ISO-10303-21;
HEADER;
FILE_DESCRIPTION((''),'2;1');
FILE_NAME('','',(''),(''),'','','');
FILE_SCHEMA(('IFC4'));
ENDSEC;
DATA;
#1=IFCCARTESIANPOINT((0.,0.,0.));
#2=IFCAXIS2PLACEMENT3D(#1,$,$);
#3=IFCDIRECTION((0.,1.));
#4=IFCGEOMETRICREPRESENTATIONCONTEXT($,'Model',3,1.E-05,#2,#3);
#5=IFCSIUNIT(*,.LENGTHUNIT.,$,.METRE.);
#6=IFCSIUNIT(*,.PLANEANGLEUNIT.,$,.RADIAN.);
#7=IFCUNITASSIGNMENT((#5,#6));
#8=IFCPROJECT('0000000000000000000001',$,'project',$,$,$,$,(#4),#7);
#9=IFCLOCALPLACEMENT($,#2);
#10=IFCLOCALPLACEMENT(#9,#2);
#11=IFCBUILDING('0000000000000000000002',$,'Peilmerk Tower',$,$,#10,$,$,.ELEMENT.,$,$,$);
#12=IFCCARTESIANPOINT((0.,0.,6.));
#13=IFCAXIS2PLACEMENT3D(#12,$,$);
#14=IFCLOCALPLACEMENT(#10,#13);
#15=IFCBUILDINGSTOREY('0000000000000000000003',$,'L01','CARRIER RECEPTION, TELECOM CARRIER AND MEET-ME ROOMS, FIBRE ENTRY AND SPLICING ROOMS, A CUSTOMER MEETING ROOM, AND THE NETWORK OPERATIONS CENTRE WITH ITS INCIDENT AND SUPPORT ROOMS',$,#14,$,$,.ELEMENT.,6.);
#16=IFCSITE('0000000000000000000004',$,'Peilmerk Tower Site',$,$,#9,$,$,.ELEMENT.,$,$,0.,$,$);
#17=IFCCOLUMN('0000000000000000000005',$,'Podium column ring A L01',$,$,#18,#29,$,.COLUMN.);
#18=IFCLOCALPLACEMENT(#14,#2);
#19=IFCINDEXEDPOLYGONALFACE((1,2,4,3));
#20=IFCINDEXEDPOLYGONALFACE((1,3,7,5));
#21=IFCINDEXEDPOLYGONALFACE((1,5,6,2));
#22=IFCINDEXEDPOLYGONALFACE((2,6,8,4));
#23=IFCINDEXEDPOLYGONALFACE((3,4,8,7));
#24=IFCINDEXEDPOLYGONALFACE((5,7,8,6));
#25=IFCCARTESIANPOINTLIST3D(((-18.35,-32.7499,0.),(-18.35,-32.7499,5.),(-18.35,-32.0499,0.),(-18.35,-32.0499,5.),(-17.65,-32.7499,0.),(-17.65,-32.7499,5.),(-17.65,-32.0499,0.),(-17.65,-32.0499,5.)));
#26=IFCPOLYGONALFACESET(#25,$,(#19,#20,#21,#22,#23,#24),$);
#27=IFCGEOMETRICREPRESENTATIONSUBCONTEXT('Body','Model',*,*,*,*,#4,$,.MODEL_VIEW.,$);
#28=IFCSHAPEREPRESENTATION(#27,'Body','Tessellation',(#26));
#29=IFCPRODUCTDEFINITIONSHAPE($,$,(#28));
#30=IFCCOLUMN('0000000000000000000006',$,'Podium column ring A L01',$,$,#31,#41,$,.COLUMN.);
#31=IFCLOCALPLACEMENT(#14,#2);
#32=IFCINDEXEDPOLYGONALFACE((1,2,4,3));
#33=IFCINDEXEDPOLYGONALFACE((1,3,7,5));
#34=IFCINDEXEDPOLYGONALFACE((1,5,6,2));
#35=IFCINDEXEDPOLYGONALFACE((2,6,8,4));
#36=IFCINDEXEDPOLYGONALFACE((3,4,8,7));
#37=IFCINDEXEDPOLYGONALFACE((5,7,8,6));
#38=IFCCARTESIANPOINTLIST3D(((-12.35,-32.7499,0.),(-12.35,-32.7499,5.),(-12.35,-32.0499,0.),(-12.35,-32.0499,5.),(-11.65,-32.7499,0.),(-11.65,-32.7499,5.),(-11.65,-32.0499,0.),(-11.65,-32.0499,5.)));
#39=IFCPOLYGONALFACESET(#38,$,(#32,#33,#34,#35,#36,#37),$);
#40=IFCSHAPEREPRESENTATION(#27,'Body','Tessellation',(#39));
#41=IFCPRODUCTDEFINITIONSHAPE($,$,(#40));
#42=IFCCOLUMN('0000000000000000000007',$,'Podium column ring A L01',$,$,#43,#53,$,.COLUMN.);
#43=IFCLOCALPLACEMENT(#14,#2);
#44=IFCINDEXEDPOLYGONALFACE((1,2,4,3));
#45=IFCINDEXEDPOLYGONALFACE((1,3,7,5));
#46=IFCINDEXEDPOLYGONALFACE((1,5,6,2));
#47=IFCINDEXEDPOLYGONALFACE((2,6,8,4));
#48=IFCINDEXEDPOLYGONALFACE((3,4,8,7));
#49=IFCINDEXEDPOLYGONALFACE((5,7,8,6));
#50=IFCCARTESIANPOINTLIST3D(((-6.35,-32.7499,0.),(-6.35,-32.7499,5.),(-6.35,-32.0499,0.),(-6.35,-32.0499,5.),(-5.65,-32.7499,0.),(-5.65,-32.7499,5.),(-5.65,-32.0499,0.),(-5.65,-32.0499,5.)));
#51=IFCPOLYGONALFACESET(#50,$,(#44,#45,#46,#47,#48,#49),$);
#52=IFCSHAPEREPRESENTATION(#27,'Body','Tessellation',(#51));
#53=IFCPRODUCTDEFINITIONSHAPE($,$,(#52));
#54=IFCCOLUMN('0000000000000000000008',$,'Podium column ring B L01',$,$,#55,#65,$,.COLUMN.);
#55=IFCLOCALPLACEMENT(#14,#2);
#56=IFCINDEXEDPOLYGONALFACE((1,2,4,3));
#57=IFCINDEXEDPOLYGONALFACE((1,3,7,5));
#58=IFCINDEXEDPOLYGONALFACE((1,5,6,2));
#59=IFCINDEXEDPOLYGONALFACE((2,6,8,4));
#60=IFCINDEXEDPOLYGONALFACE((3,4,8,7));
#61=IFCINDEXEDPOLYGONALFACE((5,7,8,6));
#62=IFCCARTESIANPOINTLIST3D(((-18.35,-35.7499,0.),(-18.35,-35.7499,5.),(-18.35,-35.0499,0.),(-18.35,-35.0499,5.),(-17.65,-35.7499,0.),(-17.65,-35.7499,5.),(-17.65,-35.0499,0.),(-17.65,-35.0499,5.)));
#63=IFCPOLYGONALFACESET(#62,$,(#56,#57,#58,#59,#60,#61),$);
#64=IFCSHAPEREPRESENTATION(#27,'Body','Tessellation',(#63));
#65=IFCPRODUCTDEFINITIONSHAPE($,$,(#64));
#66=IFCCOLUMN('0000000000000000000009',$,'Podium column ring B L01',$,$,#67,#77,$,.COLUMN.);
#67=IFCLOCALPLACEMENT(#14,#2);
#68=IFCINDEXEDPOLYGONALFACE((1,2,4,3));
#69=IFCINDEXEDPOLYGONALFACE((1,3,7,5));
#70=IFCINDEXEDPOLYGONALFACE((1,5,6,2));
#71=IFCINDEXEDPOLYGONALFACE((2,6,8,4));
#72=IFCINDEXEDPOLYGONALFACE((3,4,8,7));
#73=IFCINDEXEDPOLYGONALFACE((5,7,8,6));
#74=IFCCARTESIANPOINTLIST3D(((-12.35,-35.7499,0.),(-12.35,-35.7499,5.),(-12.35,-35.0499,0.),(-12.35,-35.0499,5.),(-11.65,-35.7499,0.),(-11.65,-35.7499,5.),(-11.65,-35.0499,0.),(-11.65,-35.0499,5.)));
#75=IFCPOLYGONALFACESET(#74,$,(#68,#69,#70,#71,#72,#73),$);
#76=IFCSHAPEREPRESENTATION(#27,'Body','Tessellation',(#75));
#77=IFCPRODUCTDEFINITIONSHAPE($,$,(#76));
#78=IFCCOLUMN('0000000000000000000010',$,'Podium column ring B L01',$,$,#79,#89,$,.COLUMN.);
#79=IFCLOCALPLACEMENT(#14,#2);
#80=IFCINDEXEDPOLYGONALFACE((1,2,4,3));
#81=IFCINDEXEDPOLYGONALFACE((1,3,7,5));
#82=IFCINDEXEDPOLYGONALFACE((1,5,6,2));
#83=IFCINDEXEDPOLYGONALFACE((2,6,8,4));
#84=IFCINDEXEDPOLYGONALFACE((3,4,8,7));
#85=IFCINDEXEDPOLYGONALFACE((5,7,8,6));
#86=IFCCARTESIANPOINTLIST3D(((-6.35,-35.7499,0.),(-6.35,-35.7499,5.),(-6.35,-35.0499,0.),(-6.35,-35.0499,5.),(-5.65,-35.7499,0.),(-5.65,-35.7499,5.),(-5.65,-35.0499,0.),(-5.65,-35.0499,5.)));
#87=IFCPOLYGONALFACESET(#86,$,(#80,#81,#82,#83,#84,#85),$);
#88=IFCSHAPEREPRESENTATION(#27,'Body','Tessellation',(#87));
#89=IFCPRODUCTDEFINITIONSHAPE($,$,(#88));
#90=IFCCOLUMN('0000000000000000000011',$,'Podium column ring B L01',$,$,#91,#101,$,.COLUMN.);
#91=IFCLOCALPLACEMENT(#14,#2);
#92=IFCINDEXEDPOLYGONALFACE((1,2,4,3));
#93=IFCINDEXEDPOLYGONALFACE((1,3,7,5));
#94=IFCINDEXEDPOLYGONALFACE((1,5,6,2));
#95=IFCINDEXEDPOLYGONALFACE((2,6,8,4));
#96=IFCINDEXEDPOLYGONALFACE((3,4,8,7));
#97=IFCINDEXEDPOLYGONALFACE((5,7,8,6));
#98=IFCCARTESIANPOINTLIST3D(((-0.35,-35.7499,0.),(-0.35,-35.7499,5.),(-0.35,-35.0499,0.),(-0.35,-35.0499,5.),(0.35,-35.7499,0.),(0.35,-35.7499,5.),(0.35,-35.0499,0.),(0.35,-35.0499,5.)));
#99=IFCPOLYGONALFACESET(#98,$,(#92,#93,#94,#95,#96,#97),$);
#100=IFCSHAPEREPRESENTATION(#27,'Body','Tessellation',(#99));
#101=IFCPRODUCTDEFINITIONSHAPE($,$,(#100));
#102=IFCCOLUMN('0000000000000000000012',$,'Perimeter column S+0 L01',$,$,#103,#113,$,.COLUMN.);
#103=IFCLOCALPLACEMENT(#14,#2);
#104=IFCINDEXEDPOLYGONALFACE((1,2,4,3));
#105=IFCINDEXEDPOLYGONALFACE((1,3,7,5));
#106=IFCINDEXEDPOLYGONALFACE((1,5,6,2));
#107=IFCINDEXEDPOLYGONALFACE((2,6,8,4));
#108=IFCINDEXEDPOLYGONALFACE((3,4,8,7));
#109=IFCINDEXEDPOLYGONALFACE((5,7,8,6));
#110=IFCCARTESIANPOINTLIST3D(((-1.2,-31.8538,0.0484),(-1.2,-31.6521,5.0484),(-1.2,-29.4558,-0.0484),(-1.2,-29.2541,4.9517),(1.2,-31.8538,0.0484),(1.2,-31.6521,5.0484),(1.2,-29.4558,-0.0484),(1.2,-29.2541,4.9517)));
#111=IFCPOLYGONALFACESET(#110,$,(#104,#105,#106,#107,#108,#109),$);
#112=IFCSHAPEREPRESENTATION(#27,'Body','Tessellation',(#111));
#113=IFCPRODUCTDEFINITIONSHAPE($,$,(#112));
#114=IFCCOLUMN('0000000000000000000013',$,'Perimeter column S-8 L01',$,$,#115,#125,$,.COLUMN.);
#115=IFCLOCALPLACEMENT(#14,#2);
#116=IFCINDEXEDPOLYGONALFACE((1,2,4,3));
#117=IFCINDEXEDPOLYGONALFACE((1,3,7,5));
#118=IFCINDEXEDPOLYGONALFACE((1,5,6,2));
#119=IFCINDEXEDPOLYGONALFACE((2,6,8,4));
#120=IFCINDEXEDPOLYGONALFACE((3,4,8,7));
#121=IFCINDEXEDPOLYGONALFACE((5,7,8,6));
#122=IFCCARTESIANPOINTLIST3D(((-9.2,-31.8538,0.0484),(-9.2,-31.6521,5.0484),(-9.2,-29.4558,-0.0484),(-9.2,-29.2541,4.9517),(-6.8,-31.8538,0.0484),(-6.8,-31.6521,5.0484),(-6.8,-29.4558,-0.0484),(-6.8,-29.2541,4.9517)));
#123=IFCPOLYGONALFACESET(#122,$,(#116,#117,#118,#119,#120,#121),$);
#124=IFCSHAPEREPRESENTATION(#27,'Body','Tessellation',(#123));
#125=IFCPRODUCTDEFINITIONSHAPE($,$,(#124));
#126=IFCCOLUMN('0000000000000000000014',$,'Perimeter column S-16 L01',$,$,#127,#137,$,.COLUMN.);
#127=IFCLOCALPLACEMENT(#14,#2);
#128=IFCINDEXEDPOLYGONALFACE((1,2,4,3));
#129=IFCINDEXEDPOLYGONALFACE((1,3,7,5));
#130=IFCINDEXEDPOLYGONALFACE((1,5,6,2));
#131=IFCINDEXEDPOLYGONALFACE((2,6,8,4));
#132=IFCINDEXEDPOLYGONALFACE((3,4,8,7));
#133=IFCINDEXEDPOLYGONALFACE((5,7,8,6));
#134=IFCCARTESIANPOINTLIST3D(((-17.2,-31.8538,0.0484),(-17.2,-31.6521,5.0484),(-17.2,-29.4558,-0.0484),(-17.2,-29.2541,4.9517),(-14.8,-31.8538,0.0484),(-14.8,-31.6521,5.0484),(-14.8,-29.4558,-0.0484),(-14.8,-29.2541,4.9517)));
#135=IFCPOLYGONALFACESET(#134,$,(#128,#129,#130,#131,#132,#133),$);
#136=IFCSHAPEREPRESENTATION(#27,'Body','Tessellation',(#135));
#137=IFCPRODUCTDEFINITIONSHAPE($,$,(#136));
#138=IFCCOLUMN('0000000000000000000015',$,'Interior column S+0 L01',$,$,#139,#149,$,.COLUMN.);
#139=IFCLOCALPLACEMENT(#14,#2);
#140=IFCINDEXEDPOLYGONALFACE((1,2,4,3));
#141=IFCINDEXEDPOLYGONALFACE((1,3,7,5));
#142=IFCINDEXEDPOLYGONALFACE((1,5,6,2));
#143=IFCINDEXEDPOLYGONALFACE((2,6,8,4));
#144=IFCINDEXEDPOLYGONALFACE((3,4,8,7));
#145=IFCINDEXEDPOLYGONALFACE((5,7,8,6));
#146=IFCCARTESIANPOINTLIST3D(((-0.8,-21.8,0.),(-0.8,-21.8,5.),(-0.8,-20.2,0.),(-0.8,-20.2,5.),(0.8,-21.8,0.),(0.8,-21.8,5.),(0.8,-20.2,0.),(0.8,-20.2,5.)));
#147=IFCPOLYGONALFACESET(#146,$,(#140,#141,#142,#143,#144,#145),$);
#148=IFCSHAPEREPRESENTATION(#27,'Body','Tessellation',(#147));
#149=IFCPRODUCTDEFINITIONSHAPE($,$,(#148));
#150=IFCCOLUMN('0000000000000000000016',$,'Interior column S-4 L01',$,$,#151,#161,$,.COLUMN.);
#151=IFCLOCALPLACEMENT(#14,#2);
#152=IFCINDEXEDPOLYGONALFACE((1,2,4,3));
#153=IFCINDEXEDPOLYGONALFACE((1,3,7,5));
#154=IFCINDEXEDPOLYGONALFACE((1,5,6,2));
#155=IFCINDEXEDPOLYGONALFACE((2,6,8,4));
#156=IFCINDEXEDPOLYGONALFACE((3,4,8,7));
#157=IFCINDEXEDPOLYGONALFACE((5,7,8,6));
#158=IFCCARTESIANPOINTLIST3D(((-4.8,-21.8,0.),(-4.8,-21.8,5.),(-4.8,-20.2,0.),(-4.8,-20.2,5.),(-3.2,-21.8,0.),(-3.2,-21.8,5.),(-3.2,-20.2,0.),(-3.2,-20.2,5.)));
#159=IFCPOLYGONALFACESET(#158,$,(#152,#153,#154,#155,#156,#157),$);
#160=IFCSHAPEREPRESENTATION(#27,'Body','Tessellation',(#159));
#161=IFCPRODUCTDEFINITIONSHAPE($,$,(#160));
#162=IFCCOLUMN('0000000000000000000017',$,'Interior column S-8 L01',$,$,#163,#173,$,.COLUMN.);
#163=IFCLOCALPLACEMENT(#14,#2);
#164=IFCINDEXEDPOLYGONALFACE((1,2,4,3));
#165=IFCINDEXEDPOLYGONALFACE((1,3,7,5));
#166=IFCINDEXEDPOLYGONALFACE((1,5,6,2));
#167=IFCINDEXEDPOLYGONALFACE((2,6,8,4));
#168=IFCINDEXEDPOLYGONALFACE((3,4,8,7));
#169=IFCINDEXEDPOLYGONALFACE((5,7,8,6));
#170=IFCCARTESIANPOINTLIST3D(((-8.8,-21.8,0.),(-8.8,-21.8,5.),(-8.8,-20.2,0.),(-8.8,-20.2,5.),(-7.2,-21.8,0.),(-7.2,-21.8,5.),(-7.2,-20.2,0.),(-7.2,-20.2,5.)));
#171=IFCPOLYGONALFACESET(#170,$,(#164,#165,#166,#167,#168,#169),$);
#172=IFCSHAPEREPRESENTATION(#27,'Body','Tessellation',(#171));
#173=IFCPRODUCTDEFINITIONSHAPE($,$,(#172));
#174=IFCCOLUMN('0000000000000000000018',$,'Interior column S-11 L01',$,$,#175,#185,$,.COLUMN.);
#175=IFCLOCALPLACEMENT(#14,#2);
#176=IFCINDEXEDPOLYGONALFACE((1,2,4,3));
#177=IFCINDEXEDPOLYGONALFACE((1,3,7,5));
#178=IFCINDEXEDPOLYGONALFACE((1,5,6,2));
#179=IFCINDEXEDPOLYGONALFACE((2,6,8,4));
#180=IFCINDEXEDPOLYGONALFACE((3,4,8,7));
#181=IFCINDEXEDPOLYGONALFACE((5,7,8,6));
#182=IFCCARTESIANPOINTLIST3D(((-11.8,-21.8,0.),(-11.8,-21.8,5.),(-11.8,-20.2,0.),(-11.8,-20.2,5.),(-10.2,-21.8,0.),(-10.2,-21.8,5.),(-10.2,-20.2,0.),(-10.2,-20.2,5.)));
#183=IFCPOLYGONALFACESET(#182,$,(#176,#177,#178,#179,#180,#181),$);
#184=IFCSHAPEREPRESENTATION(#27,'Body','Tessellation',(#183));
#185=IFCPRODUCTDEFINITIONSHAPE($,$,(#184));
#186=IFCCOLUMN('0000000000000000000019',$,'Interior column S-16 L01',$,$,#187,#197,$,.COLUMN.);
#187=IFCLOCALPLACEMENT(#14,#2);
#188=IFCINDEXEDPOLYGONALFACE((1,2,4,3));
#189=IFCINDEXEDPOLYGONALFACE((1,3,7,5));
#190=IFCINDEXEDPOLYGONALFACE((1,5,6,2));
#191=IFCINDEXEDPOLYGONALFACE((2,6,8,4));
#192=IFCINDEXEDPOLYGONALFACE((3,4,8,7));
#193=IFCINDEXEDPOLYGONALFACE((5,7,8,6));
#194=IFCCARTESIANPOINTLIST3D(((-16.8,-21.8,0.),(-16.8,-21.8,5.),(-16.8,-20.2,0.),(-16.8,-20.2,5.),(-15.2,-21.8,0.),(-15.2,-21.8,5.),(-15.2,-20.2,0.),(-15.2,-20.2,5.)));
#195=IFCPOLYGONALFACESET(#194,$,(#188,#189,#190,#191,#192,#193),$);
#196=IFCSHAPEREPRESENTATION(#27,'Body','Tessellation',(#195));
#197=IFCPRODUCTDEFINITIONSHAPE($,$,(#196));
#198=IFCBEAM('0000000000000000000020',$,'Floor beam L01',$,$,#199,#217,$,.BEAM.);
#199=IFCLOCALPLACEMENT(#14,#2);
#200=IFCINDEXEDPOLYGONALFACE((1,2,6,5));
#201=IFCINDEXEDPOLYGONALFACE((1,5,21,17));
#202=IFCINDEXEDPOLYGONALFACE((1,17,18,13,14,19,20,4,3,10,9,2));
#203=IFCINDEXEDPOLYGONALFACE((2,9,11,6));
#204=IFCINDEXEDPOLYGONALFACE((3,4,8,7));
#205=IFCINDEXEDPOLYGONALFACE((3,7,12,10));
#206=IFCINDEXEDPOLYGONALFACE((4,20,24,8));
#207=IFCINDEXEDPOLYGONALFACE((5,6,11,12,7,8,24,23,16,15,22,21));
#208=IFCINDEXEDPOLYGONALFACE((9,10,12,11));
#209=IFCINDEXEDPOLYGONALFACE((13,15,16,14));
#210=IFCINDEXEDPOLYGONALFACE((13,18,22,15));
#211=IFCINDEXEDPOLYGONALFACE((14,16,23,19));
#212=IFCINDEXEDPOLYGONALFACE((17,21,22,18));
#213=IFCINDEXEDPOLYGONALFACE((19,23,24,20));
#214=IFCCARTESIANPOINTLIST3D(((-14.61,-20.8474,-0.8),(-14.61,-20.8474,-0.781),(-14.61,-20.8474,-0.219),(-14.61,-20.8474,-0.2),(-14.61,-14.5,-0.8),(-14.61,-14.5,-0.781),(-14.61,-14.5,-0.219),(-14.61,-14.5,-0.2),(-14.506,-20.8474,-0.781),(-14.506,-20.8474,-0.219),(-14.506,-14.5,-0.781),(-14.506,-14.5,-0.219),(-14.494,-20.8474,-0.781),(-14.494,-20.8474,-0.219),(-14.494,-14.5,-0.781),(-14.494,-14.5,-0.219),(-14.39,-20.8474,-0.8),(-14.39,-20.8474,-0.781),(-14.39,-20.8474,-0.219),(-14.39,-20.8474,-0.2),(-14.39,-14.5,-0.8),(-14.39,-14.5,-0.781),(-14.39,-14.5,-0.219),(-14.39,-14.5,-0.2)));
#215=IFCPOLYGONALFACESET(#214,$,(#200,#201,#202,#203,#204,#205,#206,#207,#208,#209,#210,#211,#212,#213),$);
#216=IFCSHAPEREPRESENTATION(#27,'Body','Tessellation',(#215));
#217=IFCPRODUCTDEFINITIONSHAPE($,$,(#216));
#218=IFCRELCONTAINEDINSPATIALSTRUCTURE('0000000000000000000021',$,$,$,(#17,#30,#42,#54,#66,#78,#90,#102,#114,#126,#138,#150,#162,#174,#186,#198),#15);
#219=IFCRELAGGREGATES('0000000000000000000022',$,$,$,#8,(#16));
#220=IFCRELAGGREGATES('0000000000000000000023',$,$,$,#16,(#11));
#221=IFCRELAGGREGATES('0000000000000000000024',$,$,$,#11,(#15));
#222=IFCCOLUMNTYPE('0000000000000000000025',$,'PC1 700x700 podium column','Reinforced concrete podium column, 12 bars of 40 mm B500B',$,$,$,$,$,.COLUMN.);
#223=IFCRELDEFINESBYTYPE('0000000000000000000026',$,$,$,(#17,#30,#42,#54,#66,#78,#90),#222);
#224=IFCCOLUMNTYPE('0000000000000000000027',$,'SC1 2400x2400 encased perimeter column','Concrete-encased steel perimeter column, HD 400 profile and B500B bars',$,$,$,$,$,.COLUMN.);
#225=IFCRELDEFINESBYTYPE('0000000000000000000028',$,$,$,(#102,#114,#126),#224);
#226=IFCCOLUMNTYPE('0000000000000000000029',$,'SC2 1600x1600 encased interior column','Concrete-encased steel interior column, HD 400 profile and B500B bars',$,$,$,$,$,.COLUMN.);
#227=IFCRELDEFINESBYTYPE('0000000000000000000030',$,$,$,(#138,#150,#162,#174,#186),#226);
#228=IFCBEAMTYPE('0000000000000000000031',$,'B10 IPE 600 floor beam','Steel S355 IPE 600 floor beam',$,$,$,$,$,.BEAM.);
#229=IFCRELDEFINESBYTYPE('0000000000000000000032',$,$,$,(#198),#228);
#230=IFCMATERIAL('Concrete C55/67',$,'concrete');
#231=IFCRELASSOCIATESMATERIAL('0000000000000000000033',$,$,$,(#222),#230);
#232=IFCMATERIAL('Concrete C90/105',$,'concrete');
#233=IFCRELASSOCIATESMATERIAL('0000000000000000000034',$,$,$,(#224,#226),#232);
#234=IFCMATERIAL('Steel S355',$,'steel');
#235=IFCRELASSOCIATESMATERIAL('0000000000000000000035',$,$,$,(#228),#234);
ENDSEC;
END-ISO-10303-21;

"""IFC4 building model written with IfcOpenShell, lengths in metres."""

from ifc_helpers import new_model, si_unit, direction, frame, origin, origin_2d, place, context, subcontext, project, spatial, rectangle, i_section, extrude, material, material_profile, profile_set, type_object, element, save


model = new_model("IFC4")

# Units and contexts
model_context = context("Model", 3, precision=1e-05, world=origin(), true_north=direction((0.0, 1.0)))
body_context = subcontext(model_context, "Body", "Model", "MODEL_VIEW")
ifc_project = project(units=[si_unit("LENGTHUNIT", "METRE"), si_unit("PLANEANGLEUNIT", "RADIAN")], contexts=[model_context])

# Site, building, storey
site_placement = place(None, origin())
site = spatial("IfcSite", under=ifc_project, at=site_placement, Name="Peilmerk Tower Site", CompositionType="ELEMENT", RefElevation=0.0)
building_placement = place(site_placement, origin())
building = spatial("IfcBuilding", under=site, at=building_placement, Name="Peilmerk Tower", CompositionType="ELEMENT")
storey_placement = place(building_placement, frame((0.0, 0.0, 6.0)))
storey = spatial("IfcBuildingStorey", under=building, at=storey_placement, Name="L01", Description="CARRIER RECEPTION, TELECOM CARRIER AND MEET-ME ROOMS, FIBRE ENTRY AND SPLICING ROOMS, A CUSTOMER MEETING ROOM, AND THE NETWORK OPERATIONS CENTRE WITH ITS INCIDENT AND SUPPORT ROOMS", CompositionType="ELEMENT", Elevation=6.0)

# Columns
ifc_material_1 = material(Name="Concrete C55/67", Category="concrete")
ifc_material_profile_1 = material_profile(ifc_material_1, rectangle(XDim=0.7, YDim=0.7, at=origin_2d()), Name="RC 700x700")
ifc_profile_set_1 = profile_set([ifc_material_profile_1], Name="Concrete C55/67")
column_type_1 = type_object("IfcColumnType", Name="PC1 700x700 podium column", Description="Reinforced concrete podium column, 12 bars of 40 mm B500B", PredefinedType="COLUMN", material=ifc_profile_set_1)
for number, where, z_axis, x_axis, name in (
    (1, (-18.0, -32.3999, 0.0), (0.0, 0.0, 1.0), (1.0, 0.0, 0.0), "Podium column ring A L01"),
    (2, (-12.0, -32.3999, 0.0), (0.0, 0.0, 1.0), (1.0, 0.0, 0.0), "Podium column ring A L01"),
    (3, (-6.0, -32.3999, 0.0), (0.0, 0.0, 1.0), (1.0, 0.0, 0.0), "Podium column ring A L01"),
    (4, (-18.0, -35.3999, 0.0), (0.0, 0.0, 1.0), (1.0, 0.0, 0.0), "Podium column ring B L01"),
    (5, (-12.0, -35.3999, 0.0), (0.0, 0.0, 1.0), (1.0, 0.0, 0.0), "Podium column ring B L01"),
    (6, (-6.0, -35.3999, 0.0), (0.0, 0.0, 1.0), (1.0, 0.0, 0.0), "Podium column ring B L01"),
    (7, (0.0, -35.3999, 0.0), (0.0, 0.0, 1.0), (1.0, 0.0, 0.0), "Podium column ring B L01"),
):
    element("IfcColumn", number, at=place(storey_placement, frame(where, z_axis=z_axis, x_axis=x_axis)), inside=storey, type_object=column_type_1, Name=name, PredefinedType="COLUMN", context=body_context, shape_type="SweptSolid", body=[
        extrude(rectangle(XDim=0.7, YDim=0.7, at=origin_2d()), origin(), (0.0, 0.0, 1.0), 5.0),
    ])
ifc_material_2 = material(Name="Concrete C90/105", Category="concrete")
ifc_material_profile_2 = material_profile(ifc_material_2, rectangle(XDim=2.3999, YDim=2.3999, at=origin_2d()), Name="RC 2400x2400")
ifc_profile_set_2 = profile_set([ifc_material_profile_2], Name="Concrete C90/105")
column_type_2 = type_object("IfcColumnType", Name="SC1 2400x2400 encased perimeter column", Description="Concrete-encased steel perimeter column, HD 400 profile and B500B bars", PredefinedType="COLUMN", material=ifc_profile_set_2)
for number, where, z_axis, x_axis, name in (
    (8, (0.0, -30.6548, 0.0), (0.0, 0.040299, 0.999188), (-1.0, 0.0, 0.0), "Perimeter column S+0 L01"),
    (9, (-8.0, -30.6548, 0.0), (0.0, 0.040299, 0.999188), (-1.0, 0.0, 0.0), "Perimeter column S-8 L01"),
    (10, (-16.0, -30.6548, 0.0), (0.0, 0.040299, 0.999188), (-1.0, 0.0, 0.0), "Perimeter column S-16 L01"),
):
    element("IfcColumn", number, at=place(storey_placement, frame(where, z_axis=z_axis, x_axis=x_axis)), inside=storey, type_object=column_type_2, Name=name, PredefinedType="COLUMN", context=body_context, shape_type="SweptSolid", body=[
        extrude(rectangle(XDim=2.3999, YDim=2.3999, at=origin_2d()), origin(), (0.0, 0.0, 1.0), 5.0042),
    ])
ifc_material_profile_3 = material_profile(ifc_material_2, rectangle(XDim=1.6001, YDim=1.6001, at=origin_2d()), Name="RC 1600x1600")
ifc_profile_set_3 = profile_set([ifc_material_profile_3], Name="Concrete C90/105")
column_type_3 = type_object("IfcColumnType", Name="SC2 1600x1600 encased interior column", Description="Concrete-encased steel interior column, HD 400 profile and B500B bars", PredefinedType="COLUMN", material=ifc_profile_set_3)
for number, where, z_axis, x_axis, name in (
    (11, (0.0, -21.0, 0.0), (0.0, 0.0, 1.0), (1.0, 0.0, 0.0), "Interior column S+0 L01"),
    (12, (-4.0, -21.0, 0.0), (0.0, 0.0, 1.0), (1.0, 0.0, 0.0), "Interior column S-4 L01"),
    (13, (-8.0, -21.0, 0.0), (0.0, 0.0, 1.0), (1.0, 0.0, 0.0), "Interior column S-8 L01"),
    (14, (-11.0, -21.0, 0.0), (0.0, 0.0, 1.0), (1.0, 0.0, 0.0), "Interior column S-11 L01"),
    (15, (-16.0, -21.0, 0.0), (0.0, 0.0, 1.0), (1.0, 0.0, 0.0), "Interior column S-16 L01"),
):
    element("IfcColumn", number, at=place(storey_placement, frame(where, z_axis=z_axis, x_axis=x_axis)), inside=storey, type_object=column_type_3, Name=name, PredefinedType="COLUMN", context=body_context, shape_type="SweptSolid", body=[
        extrude(rectangle(XDim=1.6001, YDim=1.6001, at=origin_2d()), origin(), (0.0, 0.0, 1.0), 5.0),
    ])

# Beam
ifc_material_3 = material(Name="Steel S355", Category="steel")
ifc_material_profile_4 = material_profile(ifc_material_3, i_section(OverallWidth=0.22, OverallDepth=0.6001, WebThickness=0.012, FlangeThickness=0.019, at=origin_2d()), Name="IPE 600")
ifc_profile_set_4 = profile_set([ifc_material_profile_4], Name="Steel S355")
beam_type_1 = type_object("IfcBeamType", Name="B10 IPE 600 floor beam", Description="Steel S355 IPE 600 floor beam", PredefinedType="BEAM", material=ifc_profile_set_4)
for number, where, z_axis, x_axis, name in (
    (16, (-14.5, -14.5, -0.5), (0.0, -1.0, 0.0), (1.0, 0.0, 0.0), "Floor beam L01"),
):
    element("IfcBeam", number, at=place(storey_placement, frame(where, z_axis=z_axis, x_axis=x_axis)), inside=storey, type_object=beam_type_1, Name=name, PredefinedType="BEAM", context=body_context, shape_type="SweptSolid", body=[
        extrude(i_section(OverallWidth=0.22, OverallDepth=0.6001, WebThickness=0.012, FlangeThickness=0.019, at=origin_2d()), origin(), (0.0, 0.0, 1.0), 6.3474),
    ])

save(model, "model.ifc")
